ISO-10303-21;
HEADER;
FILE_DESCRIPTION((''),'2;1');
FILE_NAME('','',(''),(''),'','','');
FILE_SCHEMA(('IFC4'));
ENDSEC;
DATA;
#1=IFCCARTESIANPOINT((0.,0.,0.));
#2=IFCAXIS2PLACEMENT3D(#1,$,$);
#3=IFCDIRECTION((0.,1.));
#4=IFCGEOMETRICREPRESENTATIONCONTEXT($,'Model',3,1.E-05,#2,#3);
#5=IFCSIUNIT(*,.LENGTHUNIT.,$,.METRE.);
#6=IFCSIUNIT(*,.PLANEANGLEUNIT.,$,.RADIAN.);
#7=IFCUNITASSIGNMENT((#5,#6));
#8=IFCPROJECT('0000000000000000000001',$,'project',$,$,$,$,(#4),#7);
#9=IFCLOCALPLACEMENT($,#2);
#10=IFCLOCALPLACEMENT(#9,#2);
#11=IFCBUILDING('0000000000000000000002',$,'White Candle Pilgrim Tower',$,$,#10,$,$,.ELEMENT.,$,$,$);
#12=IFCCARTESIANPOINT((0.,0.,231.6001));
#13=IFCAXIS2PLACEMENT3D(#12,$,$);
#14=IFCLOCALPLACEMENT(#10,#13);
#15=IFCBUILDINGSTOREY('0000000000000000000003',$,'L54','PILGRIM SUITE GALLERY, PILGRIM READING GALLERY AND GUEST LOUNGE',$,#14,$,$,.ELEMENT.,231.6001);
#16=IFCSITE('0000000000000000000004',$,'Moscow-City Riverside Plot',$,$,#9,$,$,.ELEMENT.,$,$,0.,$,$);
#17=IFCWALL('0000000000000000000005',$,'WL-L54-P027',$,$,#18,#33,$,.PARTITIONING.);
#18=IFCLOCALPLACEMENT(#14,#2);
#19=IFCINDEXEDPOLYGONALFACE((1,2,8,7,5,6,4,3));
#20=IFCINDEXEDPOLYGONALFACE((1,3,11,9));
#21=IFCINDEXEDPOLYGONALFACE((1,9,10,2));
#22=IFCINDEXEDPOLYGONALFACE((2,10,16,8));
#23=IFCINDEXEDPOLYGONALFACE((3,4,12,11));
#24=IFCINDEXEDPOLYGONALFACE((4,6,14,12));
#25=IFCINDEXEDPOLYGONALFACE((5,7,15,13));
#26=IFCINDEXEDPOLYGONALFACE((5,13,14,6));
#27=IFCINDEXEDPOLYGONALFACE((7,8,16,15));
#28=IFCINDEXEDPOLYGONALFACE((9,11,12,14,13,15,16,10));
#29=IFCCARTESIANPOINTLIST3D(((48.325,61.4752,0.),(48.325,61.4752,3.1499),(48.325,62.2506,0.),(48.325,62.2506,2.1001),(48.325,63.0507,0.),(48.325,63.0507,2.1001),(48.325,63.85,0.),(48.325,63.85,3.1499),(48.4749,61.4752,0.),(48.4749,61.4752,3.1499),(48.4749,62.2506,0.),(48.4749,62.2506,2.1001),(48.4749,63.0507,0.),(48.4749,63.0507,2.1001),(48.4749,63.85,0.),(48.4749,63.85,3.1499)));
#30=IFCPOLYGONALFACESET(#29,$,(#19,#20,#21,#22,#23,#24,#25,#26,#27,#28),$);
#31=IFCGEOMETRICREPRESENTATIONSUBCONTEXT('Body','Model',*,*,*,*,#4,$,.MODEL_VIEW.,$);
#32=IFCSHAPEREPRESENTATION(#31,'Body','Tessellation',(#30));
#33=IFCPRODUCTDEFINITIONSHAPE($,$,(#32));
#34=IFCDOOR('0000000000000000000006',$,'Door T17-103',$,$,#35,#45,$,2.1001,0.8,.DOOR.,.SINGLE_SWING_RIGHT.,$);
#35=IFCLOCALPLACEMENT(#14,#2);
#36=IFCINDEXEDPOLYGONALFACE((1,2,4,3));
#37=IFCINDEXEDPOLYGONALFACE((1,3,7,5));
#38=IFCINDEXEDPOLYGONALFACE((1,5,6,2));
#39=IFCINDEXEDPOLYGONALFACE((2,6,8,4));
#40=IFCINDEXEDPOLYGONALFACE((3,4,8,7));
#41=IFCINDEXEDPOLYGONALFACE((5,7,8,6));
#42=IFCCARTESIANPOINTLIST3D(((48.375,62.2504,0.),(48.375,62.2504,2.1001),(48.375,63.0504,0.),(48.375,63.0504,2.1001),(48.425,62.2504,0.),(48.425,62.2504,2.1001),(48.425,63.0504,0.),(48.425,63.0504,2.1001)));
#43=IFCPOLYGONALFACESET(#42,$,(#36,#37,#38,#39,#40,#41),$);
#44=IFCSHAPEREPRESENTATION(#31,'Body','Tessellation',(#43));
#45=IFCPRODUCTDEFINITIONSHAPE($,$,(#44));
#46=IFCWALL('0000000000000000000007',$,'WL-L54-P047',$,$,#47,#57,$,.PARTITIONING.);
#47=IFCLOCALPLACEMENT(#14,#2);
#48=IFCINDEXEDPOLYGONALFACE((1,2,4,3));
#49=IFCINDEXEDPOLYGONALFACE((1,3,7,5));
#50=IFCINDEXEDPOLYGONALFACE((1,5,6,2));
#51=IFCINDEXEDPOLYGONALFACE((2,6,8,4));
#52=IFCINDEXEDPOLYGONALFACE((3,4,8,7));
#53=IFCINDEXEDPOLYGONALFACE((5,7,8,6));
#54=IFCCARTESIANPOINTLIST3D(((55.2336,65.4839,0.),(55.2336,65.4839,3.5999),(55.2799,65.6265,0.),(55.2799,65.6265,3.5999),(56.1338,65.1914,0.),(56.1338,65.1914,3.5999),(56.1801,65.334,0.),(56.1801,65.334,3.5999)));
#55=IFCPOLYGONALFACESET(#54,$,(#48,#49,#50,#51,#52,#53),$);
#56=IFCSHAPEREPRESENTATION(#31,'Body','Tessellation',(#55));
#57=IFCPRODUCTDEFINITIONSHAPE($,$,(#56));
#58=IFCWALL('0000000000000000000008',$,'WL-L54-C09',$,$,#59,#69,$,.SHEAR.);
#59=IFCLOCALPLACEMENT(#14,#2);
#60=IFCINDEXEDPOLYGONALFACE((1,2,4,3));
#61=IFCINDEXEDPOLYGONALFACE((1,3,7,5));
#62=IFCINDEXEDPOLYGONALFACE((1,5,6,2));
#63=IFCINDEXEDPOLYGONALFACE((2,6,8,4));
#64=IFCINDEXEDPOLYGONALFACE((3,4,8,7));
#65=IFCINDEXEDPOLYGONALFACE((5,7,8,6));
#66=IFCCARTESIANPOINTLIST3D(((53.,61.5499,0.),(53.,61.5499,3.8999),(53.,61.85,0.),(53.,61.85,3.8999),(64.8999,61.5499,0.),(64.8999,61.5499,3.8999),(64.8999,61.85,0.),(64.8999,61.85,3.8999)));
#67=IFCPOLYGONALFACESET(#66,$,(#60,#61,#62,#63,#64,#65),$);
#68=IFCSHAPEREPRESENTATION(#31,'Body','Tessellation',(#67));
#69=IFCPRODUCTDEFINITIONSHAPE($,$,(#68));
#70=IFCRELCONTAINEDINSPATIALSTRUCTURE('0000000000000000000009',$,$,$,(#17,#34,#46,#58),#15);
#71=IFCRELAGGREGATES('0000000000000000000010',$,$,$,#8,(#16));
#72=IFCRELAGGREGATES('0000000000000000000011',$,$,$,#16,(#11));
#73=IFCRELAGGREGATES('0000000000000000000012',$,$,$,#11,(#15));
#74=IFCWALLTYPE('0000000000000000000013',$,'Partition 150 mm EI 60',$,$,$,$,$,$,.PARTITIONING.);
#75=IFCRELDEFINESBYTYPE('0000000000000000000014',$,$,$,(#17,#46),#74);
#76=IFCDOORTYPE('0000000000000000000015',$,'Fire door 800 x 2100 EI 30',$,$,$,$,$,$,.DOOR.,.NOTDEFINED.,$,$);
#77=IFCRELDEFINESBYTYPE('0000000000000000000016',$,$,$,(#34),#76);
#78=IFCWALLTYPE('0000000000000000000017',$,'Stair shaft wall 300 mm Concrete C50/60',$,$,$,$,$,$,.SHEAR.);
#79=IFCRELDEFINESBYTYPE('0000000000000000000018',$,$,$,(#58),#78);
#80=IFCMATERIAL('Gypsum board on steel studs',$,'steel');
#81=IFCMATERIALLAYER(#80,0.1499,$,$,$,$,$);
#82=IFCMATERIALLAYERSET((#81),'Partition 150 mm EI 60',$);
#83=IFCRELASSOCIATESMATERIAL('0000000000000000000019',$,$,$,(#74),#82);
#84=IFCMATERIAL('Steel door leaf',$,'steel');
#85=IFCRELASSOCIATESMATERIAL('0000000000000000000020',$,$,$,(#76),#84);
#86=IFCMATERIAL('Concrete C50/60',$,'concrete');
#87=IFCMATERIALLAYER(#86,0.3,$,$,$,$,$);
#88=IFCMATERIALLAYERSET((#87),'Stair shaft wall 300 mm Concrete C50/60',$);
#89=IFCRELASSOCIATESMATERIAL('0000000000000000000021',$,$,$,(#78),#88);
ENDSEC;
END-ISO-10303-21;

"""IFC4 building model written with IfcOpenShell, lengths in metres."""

from ifc_helpers import new_model, si_unit, direction, frame, frame_2d, origin, place, context, subcontext, project, spatial, rectangle, extrude, material, layer, layer_set, type_object, element, fill, save


model = new_model("IFC4")

# Units and contexts
model_context = context("Model", 3, precision=1e-05, world=origin(), true_north=direction((0.0, 1.0)))
body_context = subcontext(model_context, "Body", "Model", "MODEL_VIEW")
ifc_project = project(units=[si_unit("LENGTHUNIT", "METRE"), si_unit("PLANEANGLEUNIT", "RADIAN")], contexts=[model_context])

# Site, building, storey
site_placement = place(None, origin())
site = spatial("IfcSite", under=ifc_project, at=site_placement, Name="Moscow-City Riverside Plot", CompositionType="ELEMENT", RefElevation=0.0)
building_placement = place(site_placement, origin())
building = spatial("IfcBuilding", under=site, at=building_placement, Name="White Candle Pilgrim Tower", CompositionType="ELEMENT")
storey_placement = place(building_placement, frame((0.0, 0.0, 231.6001)))
storey = spatial("IfcBuildingStorey", under=building, at=storey_placement, Name="L54", Description="PILGRIM SUITE GALLERY, PILGRIM READING GALLERY AND GUEST LOUNGE", CompositionType="ELEMENT", Elevation=231.6001)

# Shared definitions
ifc_material_1 = material(Name="Concrete C50/60", Category="concrete")

# Shared definitions
ifc_material_2 = material(Name="Gypsum board on steel studs", Category="steel")
ifc_material_3 = material(Name="Steel door leaf", Category="steel")

# Shared definitions
ifc_layer_1 = layer(ifc_material_2, 0.1499)
ifc_layer_set_1 = layer_set([ifc_layer_1], Name="Partition 150 mm EI 60")
wall_type_1 = type_object("IfcWallType", Name="Partition 150 mm EI 60", PredefinedType="PARTITIONING", material=ifc_layer_set_1)

# Wall, opening, door
door_type_1 = type_object("IfcDoorType", Name="Fire door 800 x 2100 EI 30", OperationType="NOTDEFINED", PredefinedType="DOOR", material=ifc_material_3)
wall_1_placement = place(storey_placement, frame((48.3999, 63.8501, 0.0), z_axis=(0.0, 0.0, 1.0), x_axis=(0.0, -1.0, 0.0)))
wall_1 = element("IfcWall", 1, at=wall_1_placement, inside=storey, type_object=wall_type_1, Name="WL-L54-P027", PredefinedType="PARTITIONING", context=body_context, shape_type="SweptSolid", body=[
    extrude(rectangle(XDim=2.3748, YDim=0.1499, at=frame_2d((1.1875, 0.0))), origin(), (0.0, 0.0, 1.0), 3.1499),
])
opening_1_placement = place(wall_1_placement, frame((0.7996, 0.0, 0.0)))
opening_1 = element("IfcOpeningElement", 2, at=opening_1_placement, cuts=wall_1, PredefinedType="OPENING", context=body_context, shape_type="SweptSolid", body=[
    extrude(rectangle(XDim=0.8, YDim=2.1001, at=frame_2d((0.3999, 1.05))), frame((0.0, 0.085, 0.0), z_axis=(0.0, -1.0, 0.0), x_axis=(1.0, 0.0, 0.0)), (0.0, 0.0, 1.0), 0.1699),
])
door_1_placement = place(opening_1_placement, frame((0.8, 0.0, 0.0), z_axis=(0.0, 0.0, 1.0), x_axis=(-1.0, 0.0, 0.0)))
door_1 = element("IfcDoor", 3, at=door_1_placement, inside=storey, type_object=door_type_1, Name="Door T17-103", OperationType="SINGLE_SWING_RIGHT", OverallHeight=2.1001, OverallWidth=0.8, PredefinedType="DOOR", context=body_context, shape_type="SweptSolid", body=[
    extrude(rectangle(XDim=0.8, YDim=2.1001, at=frame_2d((0.3999, 1.05))), frame((0.0, 0.0249, 0.0), z_axis=(0.0, -1.0, 0.0), x_axis=(1.0, 0.0, 0.0)), (0.0, 0.0, 1.0), 0.05),
])
fill(opening_1, door_1)

# Walls
wall_2_placement = place(storey_placement, frame((55.2568, 65.5552, 0.0), z_axis=(0.0, 0.0, 1.0), x_axis=(0.951055, -0.309022, 0.0)))
element("IfcWall", 4, at=wall_2_placement, inside=storey, type_object=wall_type_1, Name="WL-L54-P047", PredefinedType="PARTITIONING", context=body_context, shape_type="SweptSolid", body=[
    extrude(rectangle(XDim=0.9465, YDim=0.1499, at=frame_2d((0.4731, 0.0))), origin(), (0.0, 0.0, 1.0), 3.5999),
])
ifc_layer_2 = layer(ifc_material_1, 0.3)
ifc_layer_set_2 = layer_set([ifc_layer_2], Name="Stair shaft wall 300 mm Concrete C50/60")
wall_type_2 = type_object("IfcWallType", Name="Stair shaft wall 300 mm Concrete C50/60", PredefinedType="SHEAR", material=ifc_layer_set_2)
wall_3_placement = place(storey_placement, frame((53.0, 61.7, 0.0), z_axis=(0.0, 0.0, 1.0), x_axis=(1.0, 0.0, 0.0)))
element("IfcWall", 5, at=wall_3_placement, inside=storey, type_object=wall_type_2, Name="WL-L54-C09", PredefinedType="SHEAR", context=body_context, shape_type="SweptSolid", body=[
    extrude(rectangle(XDim=11.8999, YDim=0.3, at=frame_2d((5.95, 0.0))), origin(), (0.0, 0.0, 1.0), 3.8999),
])

save(model, "model.ifc")
